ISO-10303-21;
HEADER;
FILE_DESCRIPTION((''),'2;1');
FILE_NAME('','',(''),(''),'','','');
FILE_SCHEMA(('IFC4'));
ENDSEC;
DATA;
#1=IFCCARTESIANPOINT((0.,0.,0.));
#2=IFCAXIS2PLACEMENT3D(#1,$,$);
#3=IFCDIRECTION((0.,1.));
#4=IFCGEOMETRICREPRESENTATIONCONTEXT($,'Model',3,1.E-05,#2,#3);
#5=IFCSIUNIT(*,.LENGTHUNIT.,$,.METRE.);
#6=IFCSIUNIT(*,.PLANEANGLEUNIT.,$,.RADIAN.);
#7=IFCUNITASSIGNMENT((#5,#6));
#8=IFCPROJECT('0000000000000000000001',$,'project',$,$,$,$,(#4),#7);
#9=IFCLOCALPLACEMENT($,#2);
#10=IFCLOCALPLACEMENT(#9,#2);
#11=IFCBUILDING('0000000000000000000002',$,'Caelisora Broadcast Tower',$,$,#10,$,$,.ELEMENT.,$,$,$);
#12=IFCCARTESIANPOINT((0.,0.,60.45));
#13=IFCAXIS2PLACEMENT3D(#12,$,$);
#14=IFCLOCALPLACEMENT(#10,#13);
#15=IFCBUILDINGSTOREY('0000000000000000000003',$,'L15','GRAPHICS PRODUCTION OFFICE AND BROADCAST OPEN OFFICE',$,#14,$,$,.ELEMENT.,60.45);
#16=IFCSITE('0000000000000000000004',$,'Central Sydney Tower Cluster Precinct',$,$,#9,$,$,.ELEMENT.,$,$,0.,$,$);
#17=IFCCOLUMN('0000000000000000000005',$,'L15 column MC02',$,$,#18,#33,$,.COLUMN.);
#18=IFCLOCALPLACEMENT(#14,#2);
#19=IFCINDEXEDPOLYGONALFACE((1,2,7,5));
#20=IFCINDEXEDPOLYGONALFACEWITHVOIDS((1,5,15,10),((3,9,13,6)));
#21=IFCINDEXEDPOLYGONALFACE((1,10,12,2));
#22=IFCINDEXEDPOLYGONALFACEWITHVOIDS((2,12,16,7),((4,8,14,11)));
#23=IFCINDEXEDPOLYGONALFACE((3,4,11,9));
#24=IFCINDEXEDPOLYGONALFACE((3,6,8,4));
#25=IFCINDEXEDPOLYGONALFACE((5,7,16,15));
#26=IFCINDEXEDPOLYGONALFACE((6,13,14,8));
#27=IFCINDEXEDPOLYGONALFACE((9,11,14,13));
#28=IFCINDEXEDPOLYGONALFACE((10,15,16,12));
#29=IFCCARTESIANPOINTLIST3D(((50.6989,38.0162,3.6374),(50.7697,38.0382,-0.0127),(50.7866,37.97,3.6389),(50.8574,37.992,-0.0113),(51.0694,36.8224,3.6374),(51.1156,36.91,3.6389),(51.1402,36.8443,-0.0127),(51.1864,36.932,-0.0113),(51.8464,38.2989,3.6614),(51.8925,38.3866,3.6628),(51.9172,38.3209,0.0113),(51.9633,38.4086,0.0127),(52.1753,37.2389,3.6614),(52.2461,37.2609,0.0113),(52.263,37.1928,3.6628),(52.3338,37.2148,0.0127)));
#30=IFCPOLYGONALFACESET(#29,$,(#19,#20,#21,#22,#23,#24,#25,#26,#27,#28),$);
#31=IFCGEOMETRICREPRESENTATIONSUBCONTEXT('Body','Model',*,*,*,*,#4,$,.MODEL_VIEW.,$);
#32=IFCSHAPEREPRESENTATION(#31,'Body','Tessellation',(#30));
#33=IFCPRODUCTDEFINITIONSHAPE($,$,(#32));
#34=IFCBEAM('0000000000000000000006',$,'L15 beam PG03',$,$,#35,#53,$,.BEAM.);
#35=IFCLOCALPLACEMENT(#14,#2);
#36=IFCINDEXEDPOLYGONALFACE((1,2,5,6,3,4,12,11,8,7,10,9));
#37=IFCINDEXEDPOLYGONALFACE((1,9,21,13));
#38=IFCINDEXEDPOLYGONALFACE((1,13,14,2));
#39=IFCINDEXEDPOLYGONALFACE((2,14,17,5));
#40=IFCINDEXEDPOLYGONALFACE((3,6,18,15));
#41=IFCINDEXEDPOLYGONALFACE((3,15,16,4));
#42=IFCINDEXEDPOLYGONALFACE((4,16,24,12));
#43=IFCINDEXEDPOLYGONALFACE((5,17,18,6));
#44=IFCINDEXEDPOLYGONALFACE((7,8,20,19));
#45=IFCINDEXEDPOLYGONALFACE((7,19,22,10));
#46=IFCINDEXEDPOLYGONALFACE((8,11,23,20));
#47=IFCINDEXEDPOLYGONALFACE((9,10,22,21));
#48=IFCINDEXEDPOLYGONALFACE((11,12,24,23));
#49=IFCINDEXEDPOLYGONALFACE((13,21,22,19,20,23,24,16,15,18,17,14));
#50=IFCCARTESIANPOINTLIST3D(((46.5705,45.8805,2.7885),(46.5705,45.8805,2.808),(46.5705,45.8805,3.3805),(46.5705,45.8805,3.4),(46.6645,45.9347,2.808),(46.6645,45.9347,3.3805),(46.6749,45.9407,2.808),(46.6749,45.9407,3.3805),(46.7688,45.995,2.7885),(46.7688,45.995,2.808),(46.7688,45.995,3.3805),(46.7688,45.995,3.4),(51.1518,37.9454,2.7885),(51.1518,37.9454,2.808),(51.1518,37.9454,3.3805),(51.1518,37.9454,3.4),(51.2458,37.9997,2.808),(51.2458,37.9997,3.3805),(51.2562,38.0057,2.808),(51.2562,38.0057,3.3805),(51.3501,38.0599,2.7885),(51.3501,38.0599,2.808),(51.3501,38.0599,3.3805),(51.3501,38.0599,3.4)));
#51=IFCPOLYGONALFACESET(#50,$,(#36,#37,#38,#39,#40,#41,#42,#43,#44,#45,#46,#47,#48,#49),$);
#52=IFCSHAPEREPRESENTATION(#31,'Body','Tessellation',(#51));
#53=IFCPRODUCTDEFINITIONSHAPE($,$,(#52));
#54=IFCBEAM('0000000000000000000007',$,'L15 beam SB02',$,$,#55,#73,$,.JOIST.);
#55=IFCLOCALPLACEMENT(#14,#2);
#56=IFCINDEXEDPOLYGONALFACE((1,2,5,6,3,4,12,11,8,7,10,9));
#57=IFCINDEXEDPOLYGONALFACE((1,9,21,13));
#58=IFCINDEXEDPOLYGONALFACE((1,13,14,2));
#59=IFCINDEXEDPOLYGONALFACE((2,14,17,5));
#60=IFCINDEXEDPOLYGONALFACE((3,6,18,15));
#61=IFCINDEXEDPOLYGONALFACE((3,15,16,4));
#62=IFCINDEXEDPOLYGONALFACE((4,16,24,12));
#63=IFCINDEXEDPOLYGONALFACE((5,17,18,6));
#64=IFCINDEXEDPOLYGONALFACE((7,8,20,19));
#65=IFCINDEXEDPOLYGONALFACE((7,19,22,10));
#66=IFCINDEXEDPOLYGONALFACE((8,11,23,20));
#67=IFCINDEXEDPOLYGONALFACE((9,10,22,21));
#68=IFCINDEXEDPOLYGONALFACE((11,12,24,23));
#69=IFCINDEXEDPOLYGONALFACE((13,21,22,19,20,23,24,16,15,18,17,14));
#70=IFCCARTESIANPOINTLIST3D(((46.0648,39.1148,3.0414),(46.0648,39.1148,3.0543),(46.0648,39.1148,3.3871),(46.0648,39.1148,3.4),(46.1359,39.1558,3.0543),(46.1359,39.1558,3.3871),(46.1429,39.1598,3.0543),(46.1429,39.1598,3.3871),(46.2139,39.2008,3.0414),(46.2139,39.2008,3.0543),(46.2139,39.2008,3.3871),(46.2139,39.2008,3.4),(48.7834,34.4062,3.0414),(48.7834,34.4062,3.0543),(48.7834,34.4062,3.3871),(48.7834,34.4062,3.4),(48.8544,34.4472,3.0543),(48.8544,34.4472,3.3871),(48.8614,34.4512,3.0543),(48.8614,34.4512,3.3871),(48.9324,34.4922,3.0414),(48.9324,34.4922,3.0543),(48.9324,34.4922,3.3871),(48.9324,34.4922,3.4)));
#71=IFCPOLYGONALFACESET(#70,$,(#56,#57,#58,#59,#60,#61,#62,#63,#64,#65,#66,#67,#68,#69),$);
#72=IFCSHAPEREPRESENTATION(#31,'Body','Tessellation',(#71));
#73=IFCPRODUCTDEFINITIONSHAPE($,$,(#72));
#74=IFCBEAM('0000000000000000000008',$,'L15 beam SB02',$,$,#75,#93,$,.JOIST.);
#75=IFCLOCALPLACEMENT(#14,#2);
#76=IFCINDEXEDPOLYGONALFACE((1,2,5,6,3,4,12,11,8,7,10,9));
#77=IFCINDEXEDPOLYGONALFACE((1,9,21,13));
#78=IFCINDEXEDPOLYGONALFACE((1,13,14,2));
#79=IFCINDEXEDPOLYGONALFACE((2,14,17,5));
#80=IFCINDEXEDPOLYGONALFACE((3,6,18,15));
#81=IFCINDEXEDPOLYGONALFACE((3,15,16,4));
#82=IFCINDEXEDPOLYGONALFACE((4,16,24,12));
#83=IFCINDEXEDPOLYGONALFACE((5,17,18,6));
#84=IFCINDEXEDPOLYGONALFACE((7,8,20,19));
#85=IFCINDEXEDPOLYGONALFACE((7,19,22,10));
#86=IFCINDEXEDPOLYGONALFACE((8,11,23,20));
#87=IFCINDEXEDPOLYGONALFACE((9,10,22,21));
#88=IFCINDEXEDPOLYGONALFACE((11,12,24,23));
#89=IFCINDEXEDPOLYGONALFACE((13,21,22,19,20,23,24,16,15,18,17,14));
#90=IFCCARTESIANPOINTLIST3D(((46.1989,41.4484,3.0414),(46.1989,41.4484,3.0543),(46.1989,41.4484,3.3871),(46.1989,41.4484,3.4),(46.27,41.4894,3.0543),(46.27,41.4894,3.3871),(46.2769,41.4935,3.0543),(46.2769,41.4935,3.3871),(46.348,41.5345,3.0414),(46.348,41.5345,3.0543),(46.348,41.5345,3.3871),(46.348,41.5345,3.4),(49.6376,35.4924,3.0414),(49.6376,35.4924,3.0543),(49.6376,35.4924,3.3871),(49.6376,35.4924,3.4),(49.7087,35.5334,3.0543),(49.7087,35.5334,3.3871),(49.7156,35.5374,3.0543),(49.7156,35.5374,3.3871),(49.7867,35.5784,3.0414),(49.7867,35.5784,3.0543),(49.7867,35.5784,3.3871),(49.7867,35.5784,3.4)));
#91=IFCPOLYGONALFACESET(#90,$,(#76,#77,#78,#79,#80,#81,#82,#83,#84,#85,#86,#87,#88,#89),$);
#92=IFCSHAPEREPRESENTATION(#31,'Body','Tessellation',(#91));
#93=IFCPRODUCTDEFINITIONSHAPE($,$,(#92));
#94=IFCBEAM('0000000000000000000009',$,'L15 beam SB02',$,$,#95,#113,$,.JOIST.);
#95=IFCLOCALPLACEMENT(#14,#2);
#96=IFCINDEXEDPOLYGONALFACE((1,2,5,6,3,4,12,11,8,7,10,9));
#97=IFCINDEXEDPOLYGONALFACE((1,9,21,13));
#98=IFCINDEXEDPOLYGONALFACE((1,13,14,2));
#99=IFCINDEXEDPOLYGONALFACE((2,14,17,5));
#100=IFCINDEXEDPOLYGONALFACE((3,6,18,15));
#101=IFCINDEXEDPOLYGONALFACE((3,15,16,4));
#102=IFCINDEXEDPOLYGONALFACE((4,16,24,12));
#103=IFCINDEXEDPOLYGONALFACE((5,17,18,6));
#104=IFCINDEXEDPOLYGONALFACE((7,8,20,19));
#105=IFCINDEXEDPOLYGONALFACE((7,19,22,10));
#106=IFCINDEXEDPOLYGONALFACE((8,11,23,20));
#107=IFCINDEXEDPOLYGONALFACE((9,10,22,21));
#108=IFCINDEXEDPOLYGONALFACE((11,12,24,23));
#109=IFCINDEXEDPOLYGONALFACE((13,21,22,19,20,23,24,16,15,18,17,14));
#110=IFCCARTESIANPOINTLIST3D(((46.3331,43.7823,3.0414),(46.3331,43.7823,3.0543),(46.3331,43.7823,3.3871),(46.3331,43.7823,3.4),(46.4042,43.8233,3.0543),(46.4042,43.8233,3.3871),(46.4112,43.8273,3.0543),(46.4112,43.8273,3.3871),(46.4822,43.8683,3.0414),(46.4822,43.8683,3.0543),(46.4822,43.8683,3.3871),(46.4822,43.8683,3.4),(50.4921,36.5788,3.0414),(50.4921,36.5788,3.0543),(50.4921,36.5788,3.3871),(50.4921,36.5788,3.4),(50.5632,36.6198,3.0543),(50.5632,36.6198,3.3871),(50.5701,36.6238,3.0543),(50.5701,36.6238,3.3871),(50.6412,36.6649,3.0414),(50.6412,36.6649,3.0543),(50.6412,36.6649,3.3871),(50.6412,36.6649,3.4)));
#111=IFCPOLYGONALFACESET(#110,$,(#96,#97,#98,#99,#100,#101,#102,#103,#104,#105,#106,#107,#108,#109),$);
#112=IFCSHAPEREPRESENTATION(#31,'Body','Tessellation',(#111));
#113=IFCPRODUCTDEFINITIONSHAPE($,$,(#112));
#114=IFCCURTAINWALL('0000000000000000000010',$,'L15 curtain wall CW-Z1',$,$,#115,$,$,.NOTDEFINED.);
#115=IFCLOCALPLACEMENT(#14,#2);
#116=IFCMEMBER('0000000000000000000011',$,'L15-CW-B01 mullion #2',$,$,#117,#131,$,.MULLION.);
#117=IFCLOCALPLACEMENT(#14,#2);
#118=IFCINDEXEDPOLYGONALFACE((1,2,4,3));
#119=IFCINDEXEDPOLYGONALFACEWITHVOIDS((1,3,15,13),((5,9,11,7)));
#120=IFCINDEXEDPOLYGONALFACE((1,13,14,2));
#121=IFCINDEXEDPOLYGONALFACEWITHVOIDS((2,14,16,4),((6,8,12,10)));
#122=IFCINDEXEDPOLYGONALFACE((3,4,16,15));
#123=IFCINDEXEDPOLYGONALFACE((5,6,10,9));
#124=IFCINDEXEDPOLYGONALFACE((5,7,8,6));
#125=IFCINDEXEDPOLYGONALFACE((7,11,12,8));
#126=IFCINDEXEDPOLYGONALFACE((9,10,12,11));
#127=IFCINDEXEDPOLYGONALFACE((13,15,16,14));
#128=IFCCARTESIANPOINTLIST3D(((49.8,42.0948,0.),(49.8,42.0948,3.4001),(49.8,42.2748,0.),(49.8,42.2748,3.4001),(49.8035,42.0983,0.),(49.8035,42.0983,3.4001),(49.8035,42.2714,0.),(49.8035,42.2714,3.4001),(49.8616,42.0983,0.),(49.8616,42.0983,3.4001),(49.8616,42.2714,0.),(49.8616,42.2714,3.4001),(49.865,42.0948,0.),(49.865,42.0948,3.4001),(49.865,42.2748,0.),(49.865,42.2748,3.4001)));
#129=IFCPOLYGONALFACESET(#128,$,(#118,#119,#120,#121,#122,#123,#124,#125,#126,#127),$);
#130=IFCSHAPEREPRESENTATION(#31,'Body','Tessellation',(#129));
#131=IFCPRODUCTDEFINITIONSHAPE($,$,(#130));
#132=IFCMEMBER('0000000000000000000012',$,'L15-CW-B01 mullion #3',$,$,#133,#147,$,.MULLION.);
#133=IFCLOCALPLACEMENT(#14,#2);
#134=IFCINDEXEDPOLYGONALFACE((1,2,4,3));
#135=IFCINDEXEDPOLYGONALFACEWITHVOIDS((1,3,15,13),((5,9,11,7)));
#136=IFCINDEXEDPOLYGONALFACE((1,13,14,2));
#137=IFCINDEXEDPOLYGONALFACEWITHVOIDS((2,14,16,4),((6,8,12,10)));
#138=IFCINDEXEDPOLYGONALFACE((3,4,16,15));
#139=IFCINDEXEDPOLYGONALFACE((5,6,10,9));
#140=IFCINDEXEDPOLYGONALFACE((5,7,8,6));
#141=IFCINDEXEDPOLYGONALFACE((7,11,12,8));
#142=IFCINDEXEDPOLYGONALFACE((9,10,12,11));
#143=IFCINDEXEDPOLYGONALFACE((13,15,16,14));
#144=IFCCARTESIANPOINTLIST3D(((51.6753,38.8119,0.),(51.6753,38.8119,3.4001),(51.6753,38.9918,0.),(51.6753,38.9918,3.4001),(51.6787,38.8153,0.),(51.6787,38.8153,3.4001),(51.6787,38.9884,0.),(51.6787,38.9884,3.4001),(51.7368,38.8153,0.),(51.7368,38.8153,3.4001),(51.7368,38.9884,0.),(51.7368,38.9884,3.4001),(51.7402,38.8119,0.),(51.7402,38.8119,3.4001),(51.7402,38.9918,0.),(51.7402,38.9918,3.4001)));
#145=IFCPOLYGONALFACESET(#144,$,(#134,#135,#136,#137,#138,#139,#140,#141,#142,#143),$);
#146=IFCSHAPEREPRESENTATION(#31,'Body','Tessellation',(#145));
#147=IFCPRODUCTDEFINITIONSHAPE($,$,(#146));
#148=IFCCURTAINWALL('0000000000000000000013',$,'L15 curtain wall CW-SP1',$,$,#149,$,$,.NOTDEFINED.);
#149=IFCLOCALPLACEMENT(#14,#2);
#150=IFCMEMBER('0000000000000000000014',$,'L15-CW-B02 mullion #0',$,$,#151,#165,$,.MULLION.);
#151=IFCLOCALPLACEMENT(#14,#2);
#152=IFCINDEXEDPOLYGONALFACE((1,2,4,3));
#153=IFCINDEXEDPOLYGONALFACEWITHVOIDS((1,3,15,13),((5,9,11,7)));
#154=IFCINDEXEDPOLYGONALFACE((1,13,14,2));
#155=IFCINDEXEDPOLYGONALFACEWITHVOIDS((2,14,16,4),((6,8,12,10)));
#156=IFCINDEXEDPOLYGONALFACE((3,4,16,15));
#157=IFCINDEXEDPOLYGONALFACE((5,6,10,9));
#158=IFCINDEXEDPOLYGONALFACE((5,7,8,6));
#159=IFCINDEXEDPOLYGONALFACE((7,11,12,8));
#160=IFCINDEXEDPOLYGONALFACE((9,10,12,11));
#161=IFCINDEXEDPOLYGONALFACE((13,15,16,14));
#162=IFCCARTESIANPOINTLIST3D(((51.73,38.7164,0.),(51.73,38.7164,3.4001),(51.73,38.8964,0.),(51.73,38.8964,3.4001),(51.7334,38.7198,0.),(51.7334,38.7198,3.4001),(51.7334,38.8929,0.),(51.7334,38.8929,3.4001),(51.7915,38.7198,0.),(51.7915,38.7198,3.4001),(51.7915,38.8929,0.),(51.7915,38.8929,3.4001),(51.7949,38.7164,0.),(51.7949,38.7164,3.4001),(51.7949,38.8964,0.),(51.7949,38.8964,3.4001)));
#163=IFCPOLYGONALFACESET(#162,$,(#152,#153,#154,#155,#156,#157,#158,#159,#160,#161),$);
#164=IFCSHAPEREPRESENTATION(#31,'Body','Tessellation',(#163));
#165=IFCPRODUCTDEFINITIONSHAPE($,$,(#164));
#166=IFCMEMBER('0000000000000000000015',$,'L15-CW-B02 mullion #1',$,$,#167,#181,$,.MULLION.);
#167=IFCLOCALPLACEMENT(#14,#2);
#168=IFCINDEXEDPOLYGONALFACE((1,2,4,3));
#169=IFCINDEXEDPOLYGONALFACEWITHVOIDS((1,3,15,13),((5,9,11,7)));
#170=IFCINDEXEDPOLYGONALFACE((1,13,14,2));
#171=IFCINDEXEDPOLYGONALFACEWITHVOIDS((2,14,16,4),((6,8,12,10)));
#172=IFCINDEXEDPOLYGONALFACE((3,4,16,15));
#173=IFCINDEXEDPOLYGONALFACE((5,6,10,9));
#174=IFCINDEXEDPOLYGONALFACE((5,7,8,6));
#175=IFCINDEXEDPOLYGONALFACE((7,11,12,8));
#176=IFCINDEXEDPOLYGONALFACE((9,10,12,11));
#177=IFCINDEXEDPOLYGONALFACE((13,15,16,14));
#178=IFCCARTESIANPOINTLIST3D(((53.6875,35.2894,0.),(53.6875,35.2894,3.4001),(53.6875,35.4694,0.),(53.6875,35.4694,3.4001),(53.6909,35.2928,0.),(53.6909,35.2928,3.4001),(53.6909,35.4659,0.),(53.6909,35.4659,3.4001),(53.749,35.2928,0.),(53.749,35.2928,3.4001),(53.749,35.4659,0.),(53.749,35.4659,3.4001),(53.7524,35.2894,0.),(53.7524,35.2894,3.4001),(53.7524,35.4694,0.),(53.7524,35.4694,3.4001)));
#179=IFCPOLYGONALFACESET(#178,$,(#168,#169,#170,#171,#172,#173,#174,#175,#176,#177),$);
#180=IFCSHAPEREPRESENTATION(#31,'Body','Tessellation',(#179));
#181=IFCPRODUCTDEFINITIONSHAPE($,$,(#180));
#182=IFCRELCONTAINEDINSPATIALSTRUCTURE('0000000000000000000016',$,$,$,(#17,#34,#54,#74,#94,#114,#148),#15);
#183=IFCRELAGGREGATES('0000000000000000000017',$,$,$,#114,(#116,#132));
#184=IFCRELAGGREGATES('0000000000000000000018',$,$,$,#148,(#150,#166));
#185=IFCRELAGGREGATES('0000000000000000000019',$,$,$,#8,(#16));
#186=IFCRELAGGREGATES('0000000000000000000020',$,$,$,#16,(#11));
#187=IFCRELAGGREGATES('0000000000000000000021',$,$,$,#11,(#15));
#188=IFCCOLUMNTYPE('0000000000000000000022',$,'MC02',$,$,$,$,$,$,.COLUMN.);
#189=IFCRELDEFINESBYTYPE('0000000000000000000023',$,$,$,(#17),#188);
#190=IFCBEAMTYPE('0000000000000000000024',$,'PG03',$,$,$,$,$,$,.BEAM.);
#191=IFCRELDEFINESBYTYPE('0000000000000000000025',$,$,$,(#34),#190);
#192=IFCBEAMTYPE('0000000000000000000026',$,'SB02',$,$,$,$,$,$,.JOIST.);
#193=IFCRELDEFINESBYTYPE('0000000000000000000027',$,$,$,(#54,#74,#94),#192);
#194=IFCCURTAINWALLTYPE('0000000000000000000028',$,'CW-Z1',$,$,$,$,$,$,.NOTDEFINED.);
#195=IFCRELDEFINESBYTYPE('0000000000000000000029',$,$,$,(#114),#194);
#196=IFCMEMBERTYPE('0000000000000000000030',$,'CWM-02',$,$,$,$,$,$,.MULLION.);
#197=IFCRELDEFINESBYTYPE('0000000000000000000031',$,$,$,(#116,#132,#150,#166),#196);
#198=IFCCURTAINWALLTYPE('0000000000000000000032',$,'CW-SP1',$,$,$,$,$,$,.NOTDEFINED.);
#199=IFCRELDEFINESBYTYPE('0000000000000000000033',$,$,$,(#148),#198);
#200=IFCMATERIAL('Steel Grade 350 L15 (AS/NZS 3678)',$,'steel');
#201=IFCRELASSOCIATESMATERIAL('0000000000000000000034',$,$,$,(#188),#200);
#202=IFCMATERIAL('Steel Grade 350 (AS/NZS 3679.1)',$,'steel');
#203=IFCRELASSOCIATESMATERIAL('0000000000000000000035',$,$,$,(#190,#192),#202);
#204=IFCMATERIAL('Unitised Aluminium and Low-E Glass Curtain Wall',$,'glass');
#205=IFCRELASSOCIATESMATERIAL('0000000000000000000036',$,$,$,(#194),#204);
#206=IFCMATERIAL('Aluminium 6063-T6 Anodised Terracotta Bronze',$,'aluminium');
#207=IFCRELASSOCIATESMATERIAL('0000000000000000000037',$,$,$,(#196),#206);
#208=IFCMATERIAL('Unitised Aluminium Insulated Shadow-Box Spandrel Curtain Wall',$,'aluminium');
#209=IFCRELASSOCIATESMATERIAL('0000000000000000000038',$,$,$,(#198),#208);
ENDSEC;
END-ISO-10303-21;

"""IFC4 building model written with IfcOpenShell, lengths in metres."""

from ifc_helpers import new_model, si_unit, direction, frame, origin, origin_2d, place, context, subcontext, project, spatial, hollow_rectangle, i_section, extrude, source, transform, mapped, material, material_profile, profile_set, type_object, type_shapes, element, aggregate, save


model = new_model("IFC4")

# Units and contexts
model_context = context("Model", 3, precision=1e-05, world=origin(), true_north=direction((0.0, 1.0)))
body_context = subcontext(model_context, "Body", "Model", "MODEL_VIEW")
ifc_project = project(units=[si_unit("LENGTHUNIT", "METRE"), si_unit("PLANEANGLEUNIT", "RADIAN")], contexts=[model_context])

# Site, building, storey
site_placement = place(None, origin())
site = spatial("IfcSite", under=ifc_project, at=site_placement, Name="Central Sydney Tower Cluster Precinct", CompositionType="ELEMENT", RefElevation=0.0)
building_placement = place(site_placement, origin())
building = spatial("IfcBuilding", under=site, at=building_placement, Name="Caelisora Broadcast Tower", CompositionType="ELEMENT")
storey_placement = place(building_placement, frame((0.0, 0.0, 60.45)))
storey = spatial("IfcBuildingStorey", under=building, at=storey_placement, Name="L15", Description="GRAPHICS PRODUCTION OFFICE AND BROADCAST OPEN OFFICE", CompositionType="ELEMENT", Elevation=60.45)

# Column
ifc_material_1 = material(Name="Steel Grade 350 L15 (AS/NZS 3678)", Category="steel")
ifc_material_profile_1 = material_profile(ifc_material_1, hollow_rectangle(XDim=1.25, YDim=1.25, WallThickness=0.0701, at=origin_2d()), Name="Steel Grade 350 L15 (AS/NZS 3678)")
ifc_profile_set_1 = profile_set([ifc_material_profile_1], Name="Steel Grade 350 L15 (AS/NZS 3678)")
column_type = type_object("IfcColumnType", Name="MC02", PredefinedType="COLUMN", material=ifc_profile_set_1)
shared_shape_1 = source(origin(), body_context, "Body", "SweptSolid", [
    extrude(hollow_rectangle(XDim=1.25, YDim=1.25, WallThickness=0.0701, at=origin_2d()), origin(), (0.0, 0.0, 1.0), 3.6509),
])
type_shapes(column_type, [shared_shape_1])
column_placement = place(storey_placement, frame((51.5518, 37.6265, 0.0), z_axis=(-0.019393, -0.006018, 0.999794), x_axis=(0.296399, -0.955064, 0.0)))
element("IfcColumn", 1, at=column_placement, inside=storey, type_object=column_type, Name="L15 column MC02", PredefinedType="COLUMN", context=body_context, shape_type="MappedRepresentation", body=[
    mapped(shared_shape_1, transform((0.0, 0.0, 0.0), scale=1.0)),
])

# Beams
ifc_material_2 = material(Name="Steel Grade 350 (AS/NZS 3679.1)", Category="steel")
ifc_material_profile_2 = material_profile(ifc_material_2, i_section(OverallWidth=0.229, OverallDepth=0.6116, WebThickness=0.012, FlangeThickness=0.0195, at=origin_2d()), Name="Steel Grade 350 (AS/NZS 3679.1)")
ifc_profile_set_2 = profile_set([ifc_material_profile_2], Name="Steel Grade 350 (AS/NZS 3679.1)")
beam_type_1 = type_object("IfcBeamType", Name="PG03", PredefinedType="BEAM", material=ifc_profile_set_2)
shared_shape_2 = source(origin(), body_context, "Body", "SweptSolid", [
    extrude(i_section(OverallWidth=0.229, OverallDepth=0.6116, WebThickness=0.012, FlangeThickness=0.0195, at=origin_2d()), origin(), (0.0, 0.0, 1.0), 9.1626),
])
type_shapes(beam_type_1, [shared_shape_2])
beam_1_placement = place(storey_placement, frame((51.251, 38.0027, 3.0942), z_axis=(-0.499999, 0.866026, 0.0), x_axis=(-0.866026, -0.499999, 0.0)))
element("IfcBeam", 2, at=beam_1_placement, inside=storey, type_object=beam_type_1, Name="L15 beam PG03", PredefinedType="BEAM", context=body_context, shape_type="MappedRepresentation", body=[
    mapped(shared_shape_2, transform((0.0, 0.0, 0.0), scale=1.0)),
])
ifc_material_profile_3 = material_profile(ifc_material_2, i_section(OverallWidth=0.1721, OverallDepth=0.3586, WebThickness=0.0081, FlangeThickness=0.0129, at=origin_2d()), Name="Steel Grade 350 (AS/NZS 3679.1)")
ifc_profile_set_3 = profile_set([ifc_material_profile_3], Name="Steel Grade 350 (AS/NZS 3679.1)")
beam_type_2 = type_object("IfcBeamType", Name="SB02", PredefinedType="JOIST", material=ifc_profile_set_3)
shared_shape_3 = source(origin(), body_context, "Body", "SweptSolid", [
    extrude(i_section(OverallWidth=0.1721, OverallDepth=0.3586, WebThickness=0.0081, FlangeThickness=0.0129, at=origin_2d()), origin(), (0.0, 0.0, 1.0), 5.437),
])
beam_2_placement = place(storey_placement, frame((48.8579, 34.4492, 3.2207), z_axis=(-0.500008, 0.866021, 0.0), x_axis=(-0.866021, -0.500008, 0.0)))
element("IfcBeam", 3, at=beam_2_placement, inside=storey, type_object=beam_type_2, Name="L15 beam SB02", PredefinedType="JOIST", context=body_context, shape_type="MappedRepresentation", body=[
    mapped(shared_shape_3, transform((0.0, 0.0, 0.0), scale=1.0)),
])
shared_shape_4 = source(origin(), body_context, "Body", "SweptSolid", [
    extrude(i_section(OverallWidth=0.1721, OverallDepth=0.3586, WebThickness=0.0081, FlangeThickness=0.0129, at=origin_2d()), origin(), (0.0, 0.0, 1.0), 6.8774),
])
beam_3_placement = place(storey_placement, frame((49.7122, 35.5354, 3.2207), z_axis=(-0.499999, 0.866026, 0.0), x_axis=(-0.866026, -0.499999, 0.0)))
element("IfcBeam", 4, at=beam_3_placement, inside=storey, type_object=beam_type_2, Name="L15 beam SB02", PredefinedType="JOIST", context=body_context, shape_type="MappedRepresentation", body=[
    mapped(shared_shape_4, transform((0.0, 0.0, 0.0), scale=1.0)),
])
shared_shape_5 = source(origin(), body_context, "Body", "SweptSolid", [
    extrude(i_section(OverallWidth=0.1721, OverallDepth=0.3586, WebThickness=0.0081, FlangeThickness=0.0129, at=origin_2d()), origin(), (0.0, 0.0, 1.0), 8.3179),
])
type_shapes(beam_type_2, [shared_shape_3, shared_shape_4, shared_shape_5])
beam_4_placement = place(storey_placement, frame((50.5667, 36.6218, 3.2207), z_axis=(-0.500006, 0.866022, 0.0), x_axis=(-0.866022, -0.500006, 0.0)))
element("IfcBeam", 5, at=beam_4_placement, inside=storey, type_object=beam_type_2, Name="L15 beam SB02", PredefinedType="JOIST", context=body_context, shape_type="MappedRepresentation", body=[
    mapped(shared_shape_5, transform((0.0, 0.0, 0.0), scale=1.0)),
])

# Curtain walls, members
ifc_material_3 = material(Name="Unitised Aluminium and Low-E Glass Curtain Wall", Category="glass")
curtain_wall_type_1 = type_object("IfcCurtainWallType", Name="CW-Z1", PredefinedType="NOTDEFINED", material=ifc_material_3)
curtain_wall_1_placement = place(storey_placement, origin())
curtain_wall_1 = element("IfcCurtainWall", 6, at=curtain_wall_1_placement, inside=storey, type_object=curtain_wall_type_1, Name="L15 curtain wall CW-Z1", PredefinedType="NOTDEFINED")
ifc_material_4 = material(Name="Aluminium 6063-T6 Anodised Terracotta Bronze", Category="aluminium")
ifc_material_profile_4 = material_profile(ifc_material_4, hollow_rectangle(XDim=0.0649, YDim=0.1799, WallThickness=0.0034, at=origin_2d()), Name="Aluminium 6063-T6 Anodised Terracotta Bronze")
ifc_profile_set_4 = profile_set([ifc_material_profile_4], Name="Aluminium 6063-T6 Anodised Terracotta Bronze")
member_type_1 = type_object("IfcMemberType", Name="CWM-02", PredefinedType="MULLION", material=ifc_profile_set_4)
shared_shape_6 = source(origin(), body_context, "Body", "SweptSolid", [
    extrude(hollow_rectangle(XDim=0.0649, YDim=0.1799, WallThickness=0.0034, at=origin_2d()), origin(), (0.0, 0.0, 1.0), 3.4001),
])
type_shapes(member_type_1, [shared_shape_6])
member_1_placement = place(storey_placement, frame((49.8325, 42.1848, 0.0), z_axis=(0.0, 0.0, 1.0), x_axis=(1.0, 0.0, 0.0)))
member_1 = element("IfcMember", 7, at=member_1_placement, type_object=member_type_1, Name="L15-CW-B01 mullion #2", PredefinedType="MULLION", context=body_context, shape_type="MappedRepresentation", body=[
    mapped(shared_shape_6, transform((0.0, 0.0, 0.0), scale=1.0)),
])
member_2_placement = place(storey_placement, frame((51.7078, 38.9019, 0.0), z_axis=(0.0, 0.0, 1.0), x_axis=(1.0, 0.0, 0.0)))
member_2 = element("IfcMember", 8, at=member_2_placement, type_object=member_type_1, Name="L15-CW-B01 mullion #3", PredefinedType="MULLION", context=body_context, shape_type="MappedRepresentation", body=[
    mapped(shared_shape_6, transform((0.0, 0.0, 0.0), scale=1.0)),
])
ifc_material_5 = material(Name="Unitised Aluminium Insulated Shadow-Box Spandrel Curtain Wall", Category="aluminium")
curtain_wall_type_2 = type_object("IfcCurtainWallType", Name="CW-SP1", PredefinedType="NOTDEFINED", material=ifc_material_5)
curtain_wall_2_placement = place(storey_placement, origin())
curtain_wall_2 = element("IfcCurtainWall", 9, at=curtain_wall_2_placement, inside=storey, type_object=curtain_wall_type_2, Name="L15 curtain wall CW-SP1", PredefinedType="NOTDEFINED")
member_3_placement = place(storey_placement, frame((51.7625, 38.8064, 0.0), z_axis=(0.0, 0.0, 1.0), x_axis=(1.0, 0.0, 0.0)))
member_3 = element("IfcMember", 10, at=member_3_placement, type_object=member_type_1, Name="L15-CW-B02 mullion #0", PredefinedType="MULLION", context=body_context, shape_type="MappedRepresentation", body=[
    mapped(shared_shape_6, transform((0.0, 0.0, 0.0), scale=1.0)),
])
member_4_placement = place(storey_placement, frame((53.72, 35.3794, 0.0), z_axis=(0.0, 0.0, 1.0), x_axis=(1.0, 0.0, 0.0)))
member_4 = element("IfcMember", 11, at=member_4_placement, type_object=member_type_1, Name="L15-CW-B02 mullion #1", PredefinedType="MULLION", context=body_context, shape_type="MappedRepresentation", body=[
    mapped(shared_shape_6, transform((0.0, 0.0, 0.0), scale=1.0)),
])

aggregate(curtain_wall_1, [member_1, member_2])
aggregate(curtain_wall_2, [member_3, member_4])

save(model, "model.ifc")
